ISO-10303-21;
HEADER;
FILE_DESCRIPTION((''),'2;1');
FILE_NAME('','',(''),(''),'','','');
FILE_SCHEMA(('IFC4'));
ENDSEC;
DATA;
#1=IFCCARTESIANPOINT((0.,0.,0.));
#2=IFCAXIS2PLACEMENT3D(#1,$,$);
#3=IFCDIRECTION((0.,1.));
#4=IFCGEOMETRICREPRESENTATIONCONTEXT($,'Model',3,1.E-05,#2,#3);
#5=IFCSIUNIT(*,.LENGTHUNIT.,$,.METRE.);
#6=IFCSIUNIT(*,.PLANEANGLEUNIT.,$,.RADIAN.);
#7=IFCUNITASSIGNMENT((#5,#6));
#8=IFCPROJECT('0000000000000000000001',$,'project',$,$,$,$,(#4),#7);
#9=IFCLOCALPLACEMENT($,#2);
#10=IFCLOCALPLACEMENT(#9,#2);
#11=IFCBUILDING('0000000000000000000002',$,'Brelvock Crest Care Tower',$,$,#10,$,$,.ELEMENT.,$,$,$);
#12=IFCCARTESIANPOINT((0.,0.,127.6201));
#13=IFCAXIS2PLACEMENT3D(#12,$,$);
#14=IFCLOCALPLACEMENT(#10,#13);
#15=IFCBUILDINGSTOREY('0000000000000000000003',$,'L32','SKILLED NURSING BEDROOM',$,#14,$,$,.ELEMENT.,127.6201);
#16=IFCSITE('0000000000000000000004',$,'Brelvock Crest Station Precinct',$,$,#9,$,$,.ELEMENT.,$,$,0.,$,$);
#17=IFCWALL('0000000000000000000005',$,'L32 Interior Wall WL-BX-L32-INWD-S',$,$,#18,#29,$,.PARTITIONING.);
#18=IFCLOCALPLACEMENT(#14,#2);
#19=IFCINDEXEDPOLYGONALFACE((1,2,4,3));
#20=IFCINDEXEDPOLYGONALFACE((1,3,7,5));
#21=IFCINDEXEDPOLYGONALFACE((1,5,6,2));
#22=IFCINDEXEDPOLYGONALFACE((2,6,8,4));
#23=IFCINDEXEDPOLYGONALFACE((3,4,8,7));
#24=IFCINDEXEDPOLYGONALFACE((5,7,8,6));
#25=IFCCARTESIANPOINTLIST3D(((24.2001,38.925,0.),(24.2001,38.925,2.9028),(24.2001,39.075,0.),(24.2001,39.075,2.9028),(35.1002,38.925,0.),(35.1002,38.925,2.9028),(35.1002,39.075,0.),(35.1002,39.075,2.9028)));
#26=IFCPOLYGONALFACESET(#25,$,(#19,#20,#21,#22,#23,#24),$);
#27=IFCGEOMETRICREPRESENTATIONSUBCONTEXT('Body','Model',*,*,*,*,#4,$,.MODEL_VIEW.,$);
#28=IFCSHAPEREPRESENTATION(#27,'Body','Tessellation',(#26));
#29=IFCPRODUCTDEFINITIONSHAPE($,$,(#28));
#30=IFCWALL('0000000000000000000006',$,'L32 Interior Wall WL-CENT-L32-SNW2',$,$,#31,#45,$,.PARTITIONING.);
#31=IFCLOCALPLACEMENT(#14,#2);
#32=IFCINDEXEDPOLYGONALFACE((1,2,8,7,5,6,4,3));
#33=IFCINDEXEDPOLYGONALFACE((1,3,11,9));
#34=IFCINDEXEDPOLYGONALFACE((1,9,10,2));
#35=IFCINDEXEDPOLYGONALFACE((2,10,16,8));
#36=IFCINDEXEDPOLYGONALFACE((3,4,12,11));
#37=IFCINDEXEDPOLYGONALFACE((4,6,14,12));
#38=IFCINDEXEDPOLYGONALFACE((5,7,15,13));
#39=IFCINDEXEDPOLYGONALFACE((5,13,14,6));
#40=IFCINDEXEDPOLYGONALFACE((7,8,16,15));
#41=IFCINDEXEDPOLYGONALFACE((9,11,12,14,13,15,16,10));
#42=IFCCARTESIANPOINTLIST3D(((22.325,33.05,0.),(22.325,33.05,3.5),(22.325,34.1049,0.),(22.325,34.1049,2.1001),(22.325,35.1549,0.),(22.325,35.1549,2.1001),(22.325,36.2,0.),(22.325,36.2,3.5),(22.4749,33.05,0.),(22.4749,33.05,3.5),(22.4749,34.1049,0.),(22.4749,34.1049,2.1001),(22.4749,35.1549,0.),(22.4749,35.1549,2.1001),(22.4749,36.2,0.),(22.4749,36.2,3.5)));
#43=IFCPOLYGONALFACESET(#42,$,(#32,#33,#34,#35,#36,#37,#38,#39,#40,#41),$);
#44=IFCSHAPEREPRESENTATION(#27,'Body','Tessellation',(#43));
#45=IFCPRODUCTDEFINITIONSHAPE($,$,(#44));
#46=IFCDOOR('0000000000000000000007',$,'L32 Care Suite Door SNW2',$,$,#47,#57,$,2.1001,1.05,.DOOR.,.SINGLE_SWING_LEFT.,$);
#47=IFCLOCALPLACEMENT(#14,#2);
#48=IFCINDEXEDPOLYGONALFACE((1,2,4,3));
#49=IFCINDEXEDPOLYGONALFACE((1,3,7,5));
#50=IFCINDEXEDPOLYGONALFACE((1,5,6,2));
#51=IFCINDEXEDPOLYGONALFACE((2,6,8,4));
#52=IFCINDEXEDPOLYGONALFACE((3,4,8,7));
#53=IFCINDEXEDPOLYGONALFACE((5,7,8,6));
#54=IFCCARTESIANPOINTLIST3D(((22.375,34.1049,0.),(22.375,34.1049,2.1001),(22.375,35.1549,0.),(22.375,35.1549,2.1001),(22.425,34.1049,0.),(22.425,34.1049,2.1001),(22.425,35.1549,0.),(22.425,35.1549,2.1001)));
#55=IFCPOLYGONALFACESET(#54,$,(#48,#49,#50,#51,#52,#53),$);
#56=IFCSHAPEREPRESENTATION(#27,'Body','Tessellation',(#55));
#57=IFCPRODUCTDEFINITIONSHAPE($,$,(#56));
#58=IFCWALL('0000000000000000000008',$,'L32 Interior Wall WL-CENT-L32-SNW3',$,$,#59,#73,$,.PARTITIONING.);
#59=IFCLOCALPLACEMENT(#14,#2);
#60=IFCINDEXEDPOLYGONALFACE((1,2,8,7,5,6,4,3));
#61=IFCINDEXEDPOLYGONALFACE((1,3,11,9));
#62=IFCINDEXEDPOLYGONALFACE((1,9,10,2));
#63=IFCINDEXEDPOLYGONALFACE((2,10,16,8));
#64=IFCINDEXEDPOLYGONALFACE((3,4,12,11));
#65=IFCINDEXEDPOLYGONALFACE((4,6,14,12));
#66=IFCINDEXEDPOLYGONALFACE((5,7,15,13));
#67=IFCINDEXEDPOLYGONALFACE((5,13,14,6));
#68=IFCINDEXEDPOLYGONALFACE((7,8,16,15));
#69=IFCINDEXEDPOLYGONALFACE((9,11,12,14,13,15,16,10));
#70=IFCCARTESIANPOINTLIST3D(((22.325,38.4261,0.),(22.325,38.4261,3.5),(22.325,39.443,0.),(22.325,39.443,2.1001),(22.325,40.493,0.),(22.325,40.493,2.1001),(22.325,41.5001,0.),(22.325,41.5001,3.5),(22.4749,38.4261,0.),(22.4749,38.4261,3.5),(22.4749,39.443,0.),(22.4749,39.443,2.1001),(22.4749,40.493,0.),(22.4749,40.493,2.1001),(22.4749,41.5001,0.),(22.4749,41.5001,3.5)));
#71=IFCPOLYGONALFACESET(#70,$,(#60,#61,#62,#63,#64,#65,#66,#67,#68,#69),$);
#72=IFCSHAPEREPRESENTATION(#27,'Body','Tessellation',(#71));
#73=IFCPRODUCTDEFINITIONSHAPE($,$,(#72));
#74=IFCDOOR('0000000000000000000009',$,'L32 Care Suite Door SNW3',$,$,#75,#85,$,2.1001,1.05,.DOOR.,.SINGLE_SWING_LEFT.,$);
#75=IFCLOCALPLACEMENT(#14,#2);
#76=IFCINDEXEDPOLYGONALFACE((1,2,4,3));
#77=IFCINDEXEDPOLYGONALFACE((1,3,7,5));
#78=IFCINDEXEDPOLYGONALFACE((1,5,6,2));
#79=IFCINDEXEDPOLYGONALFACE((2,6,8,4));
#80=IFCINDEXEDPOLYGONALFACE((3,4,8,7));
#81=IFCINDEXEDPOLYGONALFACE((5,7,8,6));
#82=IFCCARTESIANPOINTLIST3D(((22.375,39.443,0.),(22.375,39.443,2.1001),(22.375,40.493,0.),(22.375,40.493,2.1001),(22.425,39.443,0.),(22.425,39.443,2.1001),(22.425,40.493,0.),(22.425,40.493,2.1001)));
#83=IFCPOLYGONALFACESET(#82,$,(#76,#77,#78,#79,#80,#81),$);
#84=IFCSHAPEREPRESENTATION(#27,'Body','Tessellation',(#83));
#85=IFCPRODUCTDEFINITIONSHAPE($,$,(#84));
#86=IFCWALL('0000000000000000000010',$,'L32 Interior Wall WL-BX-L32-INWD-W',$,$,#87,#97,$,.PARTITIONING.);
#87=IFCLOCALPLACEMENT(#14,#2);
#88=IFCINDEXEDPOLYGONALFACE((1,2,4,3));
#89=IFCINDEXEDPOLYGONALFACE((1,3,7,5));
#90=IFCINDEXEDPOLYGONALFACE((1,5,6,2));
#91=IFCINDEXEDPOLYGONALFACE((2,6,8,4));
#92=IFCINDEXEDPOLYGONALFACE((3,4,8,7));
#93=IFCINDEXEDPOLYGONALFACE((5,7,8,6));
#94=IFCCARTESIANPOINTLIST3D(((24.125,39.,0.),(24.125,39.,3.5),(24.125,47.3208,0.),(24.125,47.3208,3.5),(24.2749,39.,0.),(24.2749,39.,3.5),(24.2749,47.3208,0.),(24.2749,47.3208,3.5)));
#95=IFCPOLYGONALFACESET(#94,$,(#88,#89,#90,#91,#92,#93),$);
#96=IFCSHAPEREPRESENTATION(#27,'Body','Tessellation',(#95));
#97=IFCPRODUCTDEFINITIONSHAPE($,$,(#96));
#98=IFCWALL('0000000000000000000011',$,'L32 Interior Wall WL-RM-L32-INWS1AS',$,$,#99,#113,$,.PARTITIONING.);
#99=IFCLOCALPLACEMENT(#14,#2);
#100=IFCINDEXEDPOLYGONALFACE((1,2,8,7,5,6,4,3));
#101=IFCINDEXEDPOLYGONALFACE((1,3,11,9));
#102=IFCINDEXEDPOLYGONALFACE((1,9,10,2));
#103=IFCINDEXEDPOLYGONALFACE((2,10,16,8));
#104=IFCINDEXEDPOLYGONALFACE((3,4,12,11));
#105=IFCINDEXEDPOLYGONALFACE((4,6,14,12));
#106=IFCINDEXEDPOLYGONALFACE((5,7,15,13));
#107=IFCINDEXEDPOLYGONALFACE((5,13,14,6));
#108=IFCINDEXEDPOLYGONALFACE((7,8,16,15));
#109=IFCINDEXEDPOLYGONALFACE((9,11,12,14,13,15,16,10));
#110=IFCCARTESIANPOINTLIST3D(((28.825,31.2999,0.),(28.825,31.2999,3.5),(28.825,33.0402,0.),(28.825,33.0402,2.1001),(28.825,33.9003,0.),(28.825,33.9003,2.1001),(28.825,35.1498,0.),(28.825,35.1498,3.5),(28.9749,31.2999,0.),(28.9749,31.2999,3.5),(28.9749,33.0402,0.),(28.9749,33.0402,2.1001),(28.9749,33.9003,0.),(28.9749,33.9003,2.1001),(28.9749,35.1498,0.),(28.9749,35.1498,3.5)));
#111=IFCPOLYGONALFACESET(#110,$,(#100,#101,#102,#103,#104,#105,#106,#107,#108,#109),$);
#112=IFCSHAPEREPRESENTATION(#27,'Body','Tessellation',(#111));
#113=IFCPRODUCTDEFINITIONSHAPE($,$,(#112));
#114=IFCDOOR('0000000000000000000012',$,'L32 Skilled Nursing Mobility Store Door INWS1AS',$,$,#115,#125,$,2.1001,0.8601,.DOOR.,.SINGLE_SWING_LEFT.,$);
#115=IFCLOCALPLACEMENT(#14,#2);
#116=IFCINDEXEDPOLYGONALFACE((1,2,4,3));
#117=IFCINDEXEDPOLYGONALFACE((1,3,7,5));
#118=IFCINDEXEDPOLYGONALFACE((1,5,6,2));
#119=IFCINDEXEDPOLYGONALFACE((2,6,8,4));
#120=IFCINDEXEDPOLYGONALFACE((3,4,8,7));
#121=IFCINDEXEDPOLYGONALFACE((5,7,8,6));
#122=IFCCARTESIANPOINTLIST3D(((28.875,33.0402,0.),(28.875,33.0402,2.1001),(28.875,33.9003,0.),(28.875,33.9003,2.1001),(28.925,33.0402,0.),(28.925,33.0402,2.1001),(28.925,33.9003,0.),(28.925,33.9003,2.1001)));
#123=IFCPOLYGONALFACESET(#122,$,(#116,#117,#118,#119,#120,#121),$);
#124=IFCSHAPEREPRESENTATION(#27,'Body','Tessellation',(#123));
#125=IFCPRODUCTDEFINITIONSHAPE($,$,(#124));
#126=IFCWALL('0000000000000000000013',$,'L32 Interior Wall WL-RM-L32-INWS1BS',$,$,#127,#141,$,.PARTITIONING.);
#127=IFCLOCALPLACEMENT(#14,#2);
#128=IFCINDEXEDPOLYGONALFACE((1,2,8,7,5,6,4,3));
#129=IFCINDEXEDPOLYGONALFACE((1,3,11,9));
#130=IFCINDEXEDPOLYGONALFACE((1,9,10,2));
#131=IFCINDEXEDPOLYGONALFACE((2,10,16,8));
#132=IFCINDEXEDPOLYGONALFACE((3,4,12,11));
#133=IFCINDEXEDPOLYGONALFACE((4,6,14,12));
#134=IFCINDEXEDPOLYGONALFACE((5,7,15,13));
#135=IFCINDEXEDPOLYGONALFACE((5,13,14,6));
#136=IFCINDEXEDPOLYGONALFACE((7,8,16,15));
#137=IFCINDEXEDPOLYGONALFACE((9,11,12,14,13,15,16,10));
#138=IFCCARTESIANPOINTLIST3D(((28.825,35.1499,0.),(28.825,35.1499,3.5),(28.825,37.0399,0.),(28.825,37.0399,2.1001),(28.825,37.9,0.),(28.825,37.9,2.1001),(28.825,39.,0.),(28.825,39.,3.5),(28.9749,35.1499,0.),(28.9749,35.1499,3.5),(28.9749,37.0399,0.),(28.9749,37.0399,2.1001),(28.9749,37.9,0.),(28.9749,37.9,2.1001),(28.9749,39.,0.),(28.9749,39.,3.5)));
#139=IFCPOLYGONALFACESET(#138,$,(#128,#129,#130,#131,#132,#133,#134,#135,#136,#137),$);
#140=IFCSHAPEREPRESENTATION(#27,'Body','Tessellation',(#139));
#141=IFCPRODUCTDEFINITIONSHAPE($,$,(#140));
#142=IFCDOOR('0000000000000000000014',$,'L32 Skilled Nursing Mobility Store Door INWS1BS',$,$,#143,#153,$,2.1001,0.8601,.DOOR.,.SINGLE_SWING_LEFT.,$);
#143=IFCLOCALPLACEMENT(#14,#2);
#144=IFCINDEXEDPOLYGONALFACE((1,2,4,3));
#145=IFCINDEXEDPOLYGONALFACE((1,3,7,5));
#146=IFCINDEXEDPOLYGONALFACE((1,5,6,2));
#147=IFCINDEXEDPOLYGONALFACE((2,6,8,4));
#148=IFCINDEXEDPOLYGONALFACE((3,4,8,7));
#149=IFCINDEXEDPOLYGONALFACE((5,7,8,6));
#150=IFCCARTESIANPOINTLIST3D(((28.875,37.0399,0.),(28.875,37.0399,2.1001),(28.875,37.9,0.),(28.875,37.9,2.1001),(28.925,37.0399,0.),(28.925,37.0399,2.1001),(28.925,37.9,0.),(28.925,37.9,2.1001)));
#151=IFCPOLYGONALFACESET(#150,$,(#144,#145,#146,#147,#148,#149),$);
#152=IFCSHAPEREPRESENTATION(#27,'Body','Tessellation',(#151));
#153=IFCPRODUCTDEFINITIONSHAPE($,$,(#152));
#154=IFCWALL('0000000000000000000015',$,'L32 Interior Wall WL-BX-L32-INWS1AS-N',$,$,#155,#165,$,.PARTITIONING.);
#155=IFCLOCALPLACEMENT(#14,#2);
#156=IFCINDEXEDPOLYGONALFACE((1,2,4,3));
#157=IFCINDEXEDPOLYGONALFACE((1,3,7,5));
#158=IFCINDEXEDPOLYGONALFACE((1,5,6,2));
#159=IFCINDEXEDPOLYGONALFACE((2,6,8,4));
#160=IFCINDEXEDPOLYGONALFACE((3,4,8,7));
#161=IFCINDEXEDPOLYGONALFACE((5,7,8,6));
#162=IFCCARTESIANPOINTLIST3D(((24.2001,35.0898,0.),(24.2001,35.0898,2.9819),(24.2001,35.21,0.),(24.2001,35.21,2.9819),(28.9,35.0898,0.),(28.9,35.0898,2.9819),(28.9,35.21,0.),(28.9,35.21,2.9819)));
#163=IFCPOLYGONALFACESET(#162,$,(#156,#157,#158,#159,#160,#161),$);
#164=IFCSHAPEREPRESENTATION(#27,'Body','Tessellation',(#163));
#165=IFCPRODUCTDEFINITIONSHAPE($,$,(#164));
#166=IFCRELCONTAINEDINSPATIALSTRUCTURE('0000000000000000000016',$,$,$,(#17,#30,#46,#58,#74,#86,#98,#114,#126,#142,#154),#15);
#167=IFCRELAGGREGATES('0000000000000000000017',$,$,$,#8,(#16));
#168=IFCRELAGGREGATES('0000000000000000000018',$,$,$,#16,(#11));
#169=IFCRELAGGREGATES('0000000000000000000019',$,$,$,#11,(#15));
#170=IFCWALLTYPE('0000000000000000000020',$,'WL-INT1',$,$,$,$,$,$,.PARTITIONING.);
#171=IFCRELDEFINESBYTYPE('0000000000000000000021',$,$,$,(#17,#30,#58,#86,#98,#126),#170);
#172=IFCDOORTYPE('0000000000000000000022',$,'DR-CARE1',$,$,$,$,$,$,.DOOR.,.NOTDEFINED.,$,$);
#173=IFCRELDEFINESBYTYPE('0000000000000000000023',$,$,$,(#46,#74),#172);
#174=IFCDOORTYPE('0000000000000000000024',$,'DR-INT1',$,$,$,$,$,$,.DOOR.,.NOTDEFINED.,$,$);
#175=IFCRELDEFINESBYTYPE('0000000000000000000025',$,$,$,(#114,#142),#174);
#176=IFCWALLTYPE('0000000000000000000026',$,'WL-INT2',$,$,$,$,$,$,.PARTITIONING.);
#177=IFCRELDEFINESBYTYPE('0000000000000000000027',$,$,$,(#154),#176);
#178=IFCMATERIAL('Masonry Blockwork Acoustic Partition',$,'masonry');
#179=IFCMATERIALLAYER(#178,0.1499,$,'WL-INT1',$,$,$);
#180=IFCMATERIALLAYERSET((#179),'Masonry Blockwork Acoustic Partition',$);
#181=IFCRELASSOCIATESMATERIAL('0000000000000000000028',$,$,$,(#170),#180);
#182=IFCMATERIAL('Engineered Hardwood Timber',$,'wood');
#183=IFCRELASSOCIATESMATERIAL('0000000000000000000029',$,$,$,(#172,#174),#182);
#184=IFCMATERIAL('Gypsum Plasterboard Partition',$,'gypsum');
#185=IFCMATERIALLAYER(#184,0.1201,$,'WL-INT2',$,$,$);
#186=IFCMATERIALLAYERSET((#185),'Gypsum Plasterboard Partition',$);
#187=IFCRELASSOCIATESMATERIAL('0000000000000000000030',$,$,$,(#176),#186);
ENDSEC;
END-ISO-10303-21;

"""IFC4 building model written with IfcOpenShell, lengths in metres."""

from ifc_helpers import new_model, si_unit, direction, frame, frame_2d, origin, origin_2d, place, context, subcontext, project, spatial, rectangle, extrude, source, transform, mapped, material, layer, layer_set, type_object, element, fill, save


model = new_model("IFC4")

# Units and contexts
model_context = context("Model", 3, precision=1e-05, world=origin(), true_north=direction((0.0, 1.0)))
body_context = subcontext(model_context, "Body", "Model", "MODEL_VIEW")
ifc_project = project(units=[si_unit("LENGTHUNIT", "METRE"), si_unit("PLANEANGLEUNIT", "RADIAN")], contexts=[model_context])

# Site, building, storey
site_placement = place(None, origin())
site = spatial("IfcSite", under=ifc_project, at=site_placement, Name="Brelvock Crest Station Precinct", CompositionType="ELEMENT", RefElevation=0.0)
building_placement = place(site_placement, origin())
building = spatial("IfcBuilding", under=site, at=building_placement, Name="Brelvock Crest Care Tower", CompositionType="ELEMENT")
storey_placement = place(building_placement, frame((0.0, 0.0, 127.6201)))
storey = spatial("IfcBuildingStorey", under=building, at=storey_placement, Name="L32", Description="SKILLED NURSING BEDROOM", CompositionType="ELEMENT", Elevation=127.6201)

# Wall
ifc_material_1 = material(Name="Masonry Blockwork Acoustic Partition", Category="masonry")
ifc_layer_1 = layer(ifc_material_1, 0.1499, Name="WL-INT1")
ifc_layer_set_1 = layer_set([ifc_layer_1], Name="Masonry Blockwork Acoustic Partition")
wall_type_1 = type_object("IfcWallType", Name="WL-INT1", PredefinedType="PARTITIONING", material=ifc_layer_set_1)
wall_1_placement = place(storey_placement, frame((24.2, 39.0, 0.0), z_axis=(0.0, 0.0, 1.0), x_axis=(1.0, 0.0, 0.0)))
element("IfcWall", 1, at=wall_1_placement, inside=storey, type_object=wall_type_1, Name="L32 Interior Wall WL-BX-L32-INWD-S", PredefinedType="PARTITIONING", context=body_context, shape_type="SweptSolid", body=[
    extrude(rectangle(XDim=10.9001, YDim=0.1499, at=frame_2d((5.4502, 0.0))), origin(), (0.0, 0.0, 1.0), 2.9028),
])

# Walls, openings, doors
wall_2_placement = place(storey_placement, frame((22.3999, 33.05, 0.0), z_axis=(0.0, 0.0, 1.0), x_axis=(0.0, 1.0, 0.0)))
wall_2 = element("IfcWall", 2, at=wall_2_placement, inside=storey, type_object=wall_type_1, Name="L32 Interior Wall WL-CENT-L32-SNW2", PredefinedType="PARTITIONING", context=body_context, shape_type="SweptSolid", body=[
    extrude(rectangle(XDim=3.1499, YDim=0.1499, at=frame_2d((1.575, 0.0))), origin(), (0.0, 0.0, 1.0), 3.5),
])
opening_1_placement = place(wall_2_placement, frame((1.0549, 0.0, 0.0)))
opening_1 = element("IfcOpeningElement", 3, at=opening_1_placement, cuts=wall_2, PredefinedType="OPENING", context=body_context, shape_type="SweptSolid", body=[
    extrude(rectangle(XDim=1.05, YDim=2.1001, at=origin_2d()), frame((0.5249, 0.085, 1.05), z_axis=(0.0, -1.0, 0.0), x_axis=(1.0, 0.0, 0.0)), (0.0, 0.0, 1.0), 0.1699),
])
ifc_material_2 = material(Name="Engineered Hardwood Timber", Category="wood")
door_type_1 = type_object("IfcDoorType", Name="DR-CARE1", OperationType="NOTDEFINED", PredefinedType="DOOR", material=ifc_material_2)
shared_shape_1 = source(origin(), body_context, "Body", "SweptSolid", [
    extrude(rectangle(XDim=1.05, YDim=2.1001, at=origin_2d()), frame((0.5249, 0.0249, 1.05), z_axis=(0.0, -1.0, 0.0), x_axis=(1.0, 0.0, 0.0)), (0.0, 0.0, 1.0), 0.05),
])
door_1_placement = place(opening_1_placement, origin())
door_1 = element("IfcDoor", 4, at=door_1_placement, inside=storey, type_object=door_type_1, Name="L32 Care Suite Door SNW2", OperationType="SINGLE_SWING_LEFT", OverallHeight=2.1001, OverallWidth=1.05, PredefinedType="DOOR", context=body_context, shape_type="MappedRepresentation", body=[
    mapped(shared_shape_1, transform((0.0, 0.0, 0.0), x_axis=(1.0, 0.0, 0.0), y_axis=(0.0, 1.0, 0.0), z_axis=(0.0, 0.0, 1.0), scale=1.0)),
])
fill(opening_1, door_1)
wall_3_placement = place(storey_placement, frame((22.3999, 38.426, 0.0), z_axis=(0.0, 0.0, 1.0), x_axis=(0.0, 1.0, 0.0)))
wall_3 = element("IfcWall", 5, at=wall_3_placement, inside=storey, type_object=wall_type_1, Name="L32 Interior Wall WL-CENT-L32-SNW3", PredefinedType="PARTITIONING", context=body_context, shape_type="SweptSolid", body=[
    extrude(rectangle(XDim=3.074, YDim=0.1499, at=frame_2d((1.5371, 0.0))), origin(), (0.0, 0.0, 1.0), 3.5),
])
opening_2_placement = place(wall_3_placement, frame((1.0171, 0.0, 0.0)))
opening_2 = element("IfcOpeningElement", 6, at=opening_2_placement, cuts=wall_3, PredefinedType="OPENING", context=body_context, shape_type="SweptSolid", body=[
    extrude(rectangle(XDim=1.05, YDim=2.1001, at=origin_2d()), frame((0.5249, 0.085, 1.05), z_axis=(0.0, -1.0, 0.0), x_axis=(1.0, 0.0, 0.0)), (0.0, 0.0, 1.0), 0.1699),
])
door_2_placement = place(opening_2_placement, origin())
door_2 = element("IfcDoor", 7, at=door_2_placement, inside=storey, type_object=door_type_1, Name="L32 Care Suite Door SNW3", OperationType="SINGLE_SWING_LEFT", OverallHeight=2.1001, OverallWidth=1.05, PredefinedType="DOOR", context=body_context, shape_type="MappedRepresentation", body=[
    mapped(shared_shape_1, transform((0.0, 0.0, 0.0), x_axis=(1.0, 0.0, 0.0), y_axis=(0.0, 1.0, 0.0), z_axis=(0.0, 0.0, 1.0), scale=1.0)),
])
fill(opening_2, door_2)

# Wall
wall_4_placement = place(storey_placement, frame((24.2, 39.0, 0.0), z_axis=(0.0, 0.0, 1.0), x_axis=(0.0, 1.0, 0.0)))
element("IfcWall", 8, at=wall_4_placement, inside=storey, type_object=wall_type_1, Name="L32 Interior Wall WL-BX-L32-INWD-W", PredefinedType="PARTITIONING", context=body_context, shape_type="SweptSolid", body=[
    extrude(rectangle(XDim=8.3208, YDim=0.1499, at=frame_2d((4.1604, 0.0))), origin(), (0.0, 0.0, 1.0), 3.5),
])

# Walls, openings, doors
wall_5_placement = place(storey_placement, frame((28.8999, 31.3, 0.0), z_axis=(0.0, 0.0, 1.0), x_axis=(0.0, 1.0, 0.0)))
wall_5 = element("IfcWall", 9, at=wall_5_placement, inside=storey, type_object=wall_type_1, Name="L32 Interior Wall WL-RM-L32-INWS1AS", PredefinedType="PARTITIONING", context=body_context, shape_type="SweptSolid", body=[
    extrude(rectangle(XDim=3.8499, YDim=0.1499, at=frame_2d((1.9248, 0.0))), origin(), (0.0, 0.0, 1.0), 3.5),
])
opening_3_placement = place(wall_5_placement, frame((1.74, 0.0, 0.0)))
opening_3 = element("IfcOpeningElement", 10, at=opening_3_placement, cuts=wall_5, PredefinedType="OPENING", context=body_context, shape_type="SweptSolid", body=[
    extrude(rectangle(XDim=0.8601, YDim=2.1001, at=origin_2d()), frame((0.4302, 0.085, 1.05), z_axis=(0.0, -1.0, 0.0), x_axis=(1.0, 0.0, 0.0)), (0.0, 0.0, 1.0), 0.1699),
])
door_type_2 = type_object("IfcDoorType", Name="DR-INT1", OperationType="NOTDEFINED", PredefinedType="DOOR", material=ifc_material_2)
shared_shape_2 = source(origin(), body_context, "Body", "SweptSolid", [
    extrude(rectangle(XDim=0.8601, YDim=2.1001, at=origin_2d()), frame((0.4302, 0.0249, 1.05), z_axis=(0.0, -1.0, 0.0), x_axis=(1.0, 0.0, 0.0)), (0.0, 0.0, 1.0), 0.05),
])
door_3_placement = place(opening_3_placement, origin())
door_3 = element("IfcDoor", 11, at=door_3_placement, inside=storey, type_object=door_type_2, Name="L32 Skilled Nursing Mobility Store Door INWS1AS", OperationType="SINGLE_SWING_LEFT", OverallHeight=2.1001, OverallWidth=0.8601, PredefinedType="DOOR", context=body_context, shape_type="MappedRepresentation", body=[
    mapped(shared_shape_2, transform((0.0, 0.0, 0.0), x_axis=(1.0, 0.0, 0.0), y_axis=(0.0, 1.0, 0.0), z_axis=(0.0, 0.0, 1.0), scale=1.0)),
])
fill(opening_3, door_3)
wall_6_placement = place(storey_placement, frame((28.8999, 35.1499, 0.0), z_axis=(0.0, 0.0, 1.0), x_axis=(0.0, 1.0, 0.0)))
wall_6 = element("IfcWall", 12, at=wall_6_placement, inside=storey, type_object=wall_type_1, Name="L32 Interior Wall WL-RM-L32-INWS1BS", PredefinedType="PARTITIONING", context=body_context, shape_type="SweptSolid", body=[
    extrude(rectangle(XDim=3.8501, YDim=0.1499, at=frame_2d((1.925, 0.0))), origin(), (0.0, 0.0, 1.0), 3.5),
])
opening_4_placement = place(wall_6_placement, frame((1.8899, 0.0, 0.0)))
opening_4 = element("IfcOpeningElement", 13, at=opening_4_placement, cuts=wall_6, PredefinedType="OPENING", context=body_context, shape_type="SweptSolid", body=[
    extrude(rectangle(XDim=0.8601, YDim=2.1001, at=origin_2d()), frame((0.4302, 0.085, 1.05), z_axis=(0.0, -1.0, 0.0), x_axis=(1.0, 0.0, 0.0)), (0.0, 0.0, 1.0), 0.1699),
])
door_4_placement = place(opening_4_placement, origin())
door_4 = element("IfcDoor", 14, at=door_4_placement, inside=storey, type_object=door_type_2, Name="L32 Skilled Nursing Mobility Store Door INWS1BS", OperationType="SINGLE_SWING_LEFT", OverallHeight=2.1001, OverallWidth=0.8601, PredefinedType="DOOR", context=body_context, shape_type="MappedRepresentation", body=[
    mapped(shared_shape_2, transform((0.0, 0.0, 0.0), x_axis=(1.0, 0.0, 0.0), y_axis=(0.0, 1.0, 0.0), z_axis=(0.0, 0.0, 1.0), scale=1.0)),
])
fill(opening_4, door_4)

# Wall
ifc_material_3 = material(Name="Gypsum Plasterboard Partition", Category="gypsum")
ifc_layer_2 = layer(ifc_material_3, 0.1201, Name="WL-INT2")
ifc_layer_set_2 = layer_set([ifc_layer_2], Name="Gypsum Plasterboard Partition")
wall_type_2 = type_object("IfcWallType", Name="WL-INT2", PredefinedType="PARTITIONING", material=ifc_layer_set_2)
wall_7_placement = place(storey_placement, frame((24.2, 35.1499, 0.0), z_axis=(0.0, 0.0, 1.0), x_axis=(1.0, 0.0, 0.0)))
element("IfcWall", 15, at=wall_7_placement, inside=storey, type_object=wall_type_2, Name="L32 Interior Wall WL-BX-L32-INWS1AS-N", PredefinedType="PARTITIONING", context=body_context, shape_type="SweptSolid", body=[
    extrude(rectangle(XDim=4.7, YDim=0.1201, at=frame_2d((2.3501, 0.0))), origin(), (0.0, 0.0, 1.0), 2.9819),
])

save(model, "model.ifc")
